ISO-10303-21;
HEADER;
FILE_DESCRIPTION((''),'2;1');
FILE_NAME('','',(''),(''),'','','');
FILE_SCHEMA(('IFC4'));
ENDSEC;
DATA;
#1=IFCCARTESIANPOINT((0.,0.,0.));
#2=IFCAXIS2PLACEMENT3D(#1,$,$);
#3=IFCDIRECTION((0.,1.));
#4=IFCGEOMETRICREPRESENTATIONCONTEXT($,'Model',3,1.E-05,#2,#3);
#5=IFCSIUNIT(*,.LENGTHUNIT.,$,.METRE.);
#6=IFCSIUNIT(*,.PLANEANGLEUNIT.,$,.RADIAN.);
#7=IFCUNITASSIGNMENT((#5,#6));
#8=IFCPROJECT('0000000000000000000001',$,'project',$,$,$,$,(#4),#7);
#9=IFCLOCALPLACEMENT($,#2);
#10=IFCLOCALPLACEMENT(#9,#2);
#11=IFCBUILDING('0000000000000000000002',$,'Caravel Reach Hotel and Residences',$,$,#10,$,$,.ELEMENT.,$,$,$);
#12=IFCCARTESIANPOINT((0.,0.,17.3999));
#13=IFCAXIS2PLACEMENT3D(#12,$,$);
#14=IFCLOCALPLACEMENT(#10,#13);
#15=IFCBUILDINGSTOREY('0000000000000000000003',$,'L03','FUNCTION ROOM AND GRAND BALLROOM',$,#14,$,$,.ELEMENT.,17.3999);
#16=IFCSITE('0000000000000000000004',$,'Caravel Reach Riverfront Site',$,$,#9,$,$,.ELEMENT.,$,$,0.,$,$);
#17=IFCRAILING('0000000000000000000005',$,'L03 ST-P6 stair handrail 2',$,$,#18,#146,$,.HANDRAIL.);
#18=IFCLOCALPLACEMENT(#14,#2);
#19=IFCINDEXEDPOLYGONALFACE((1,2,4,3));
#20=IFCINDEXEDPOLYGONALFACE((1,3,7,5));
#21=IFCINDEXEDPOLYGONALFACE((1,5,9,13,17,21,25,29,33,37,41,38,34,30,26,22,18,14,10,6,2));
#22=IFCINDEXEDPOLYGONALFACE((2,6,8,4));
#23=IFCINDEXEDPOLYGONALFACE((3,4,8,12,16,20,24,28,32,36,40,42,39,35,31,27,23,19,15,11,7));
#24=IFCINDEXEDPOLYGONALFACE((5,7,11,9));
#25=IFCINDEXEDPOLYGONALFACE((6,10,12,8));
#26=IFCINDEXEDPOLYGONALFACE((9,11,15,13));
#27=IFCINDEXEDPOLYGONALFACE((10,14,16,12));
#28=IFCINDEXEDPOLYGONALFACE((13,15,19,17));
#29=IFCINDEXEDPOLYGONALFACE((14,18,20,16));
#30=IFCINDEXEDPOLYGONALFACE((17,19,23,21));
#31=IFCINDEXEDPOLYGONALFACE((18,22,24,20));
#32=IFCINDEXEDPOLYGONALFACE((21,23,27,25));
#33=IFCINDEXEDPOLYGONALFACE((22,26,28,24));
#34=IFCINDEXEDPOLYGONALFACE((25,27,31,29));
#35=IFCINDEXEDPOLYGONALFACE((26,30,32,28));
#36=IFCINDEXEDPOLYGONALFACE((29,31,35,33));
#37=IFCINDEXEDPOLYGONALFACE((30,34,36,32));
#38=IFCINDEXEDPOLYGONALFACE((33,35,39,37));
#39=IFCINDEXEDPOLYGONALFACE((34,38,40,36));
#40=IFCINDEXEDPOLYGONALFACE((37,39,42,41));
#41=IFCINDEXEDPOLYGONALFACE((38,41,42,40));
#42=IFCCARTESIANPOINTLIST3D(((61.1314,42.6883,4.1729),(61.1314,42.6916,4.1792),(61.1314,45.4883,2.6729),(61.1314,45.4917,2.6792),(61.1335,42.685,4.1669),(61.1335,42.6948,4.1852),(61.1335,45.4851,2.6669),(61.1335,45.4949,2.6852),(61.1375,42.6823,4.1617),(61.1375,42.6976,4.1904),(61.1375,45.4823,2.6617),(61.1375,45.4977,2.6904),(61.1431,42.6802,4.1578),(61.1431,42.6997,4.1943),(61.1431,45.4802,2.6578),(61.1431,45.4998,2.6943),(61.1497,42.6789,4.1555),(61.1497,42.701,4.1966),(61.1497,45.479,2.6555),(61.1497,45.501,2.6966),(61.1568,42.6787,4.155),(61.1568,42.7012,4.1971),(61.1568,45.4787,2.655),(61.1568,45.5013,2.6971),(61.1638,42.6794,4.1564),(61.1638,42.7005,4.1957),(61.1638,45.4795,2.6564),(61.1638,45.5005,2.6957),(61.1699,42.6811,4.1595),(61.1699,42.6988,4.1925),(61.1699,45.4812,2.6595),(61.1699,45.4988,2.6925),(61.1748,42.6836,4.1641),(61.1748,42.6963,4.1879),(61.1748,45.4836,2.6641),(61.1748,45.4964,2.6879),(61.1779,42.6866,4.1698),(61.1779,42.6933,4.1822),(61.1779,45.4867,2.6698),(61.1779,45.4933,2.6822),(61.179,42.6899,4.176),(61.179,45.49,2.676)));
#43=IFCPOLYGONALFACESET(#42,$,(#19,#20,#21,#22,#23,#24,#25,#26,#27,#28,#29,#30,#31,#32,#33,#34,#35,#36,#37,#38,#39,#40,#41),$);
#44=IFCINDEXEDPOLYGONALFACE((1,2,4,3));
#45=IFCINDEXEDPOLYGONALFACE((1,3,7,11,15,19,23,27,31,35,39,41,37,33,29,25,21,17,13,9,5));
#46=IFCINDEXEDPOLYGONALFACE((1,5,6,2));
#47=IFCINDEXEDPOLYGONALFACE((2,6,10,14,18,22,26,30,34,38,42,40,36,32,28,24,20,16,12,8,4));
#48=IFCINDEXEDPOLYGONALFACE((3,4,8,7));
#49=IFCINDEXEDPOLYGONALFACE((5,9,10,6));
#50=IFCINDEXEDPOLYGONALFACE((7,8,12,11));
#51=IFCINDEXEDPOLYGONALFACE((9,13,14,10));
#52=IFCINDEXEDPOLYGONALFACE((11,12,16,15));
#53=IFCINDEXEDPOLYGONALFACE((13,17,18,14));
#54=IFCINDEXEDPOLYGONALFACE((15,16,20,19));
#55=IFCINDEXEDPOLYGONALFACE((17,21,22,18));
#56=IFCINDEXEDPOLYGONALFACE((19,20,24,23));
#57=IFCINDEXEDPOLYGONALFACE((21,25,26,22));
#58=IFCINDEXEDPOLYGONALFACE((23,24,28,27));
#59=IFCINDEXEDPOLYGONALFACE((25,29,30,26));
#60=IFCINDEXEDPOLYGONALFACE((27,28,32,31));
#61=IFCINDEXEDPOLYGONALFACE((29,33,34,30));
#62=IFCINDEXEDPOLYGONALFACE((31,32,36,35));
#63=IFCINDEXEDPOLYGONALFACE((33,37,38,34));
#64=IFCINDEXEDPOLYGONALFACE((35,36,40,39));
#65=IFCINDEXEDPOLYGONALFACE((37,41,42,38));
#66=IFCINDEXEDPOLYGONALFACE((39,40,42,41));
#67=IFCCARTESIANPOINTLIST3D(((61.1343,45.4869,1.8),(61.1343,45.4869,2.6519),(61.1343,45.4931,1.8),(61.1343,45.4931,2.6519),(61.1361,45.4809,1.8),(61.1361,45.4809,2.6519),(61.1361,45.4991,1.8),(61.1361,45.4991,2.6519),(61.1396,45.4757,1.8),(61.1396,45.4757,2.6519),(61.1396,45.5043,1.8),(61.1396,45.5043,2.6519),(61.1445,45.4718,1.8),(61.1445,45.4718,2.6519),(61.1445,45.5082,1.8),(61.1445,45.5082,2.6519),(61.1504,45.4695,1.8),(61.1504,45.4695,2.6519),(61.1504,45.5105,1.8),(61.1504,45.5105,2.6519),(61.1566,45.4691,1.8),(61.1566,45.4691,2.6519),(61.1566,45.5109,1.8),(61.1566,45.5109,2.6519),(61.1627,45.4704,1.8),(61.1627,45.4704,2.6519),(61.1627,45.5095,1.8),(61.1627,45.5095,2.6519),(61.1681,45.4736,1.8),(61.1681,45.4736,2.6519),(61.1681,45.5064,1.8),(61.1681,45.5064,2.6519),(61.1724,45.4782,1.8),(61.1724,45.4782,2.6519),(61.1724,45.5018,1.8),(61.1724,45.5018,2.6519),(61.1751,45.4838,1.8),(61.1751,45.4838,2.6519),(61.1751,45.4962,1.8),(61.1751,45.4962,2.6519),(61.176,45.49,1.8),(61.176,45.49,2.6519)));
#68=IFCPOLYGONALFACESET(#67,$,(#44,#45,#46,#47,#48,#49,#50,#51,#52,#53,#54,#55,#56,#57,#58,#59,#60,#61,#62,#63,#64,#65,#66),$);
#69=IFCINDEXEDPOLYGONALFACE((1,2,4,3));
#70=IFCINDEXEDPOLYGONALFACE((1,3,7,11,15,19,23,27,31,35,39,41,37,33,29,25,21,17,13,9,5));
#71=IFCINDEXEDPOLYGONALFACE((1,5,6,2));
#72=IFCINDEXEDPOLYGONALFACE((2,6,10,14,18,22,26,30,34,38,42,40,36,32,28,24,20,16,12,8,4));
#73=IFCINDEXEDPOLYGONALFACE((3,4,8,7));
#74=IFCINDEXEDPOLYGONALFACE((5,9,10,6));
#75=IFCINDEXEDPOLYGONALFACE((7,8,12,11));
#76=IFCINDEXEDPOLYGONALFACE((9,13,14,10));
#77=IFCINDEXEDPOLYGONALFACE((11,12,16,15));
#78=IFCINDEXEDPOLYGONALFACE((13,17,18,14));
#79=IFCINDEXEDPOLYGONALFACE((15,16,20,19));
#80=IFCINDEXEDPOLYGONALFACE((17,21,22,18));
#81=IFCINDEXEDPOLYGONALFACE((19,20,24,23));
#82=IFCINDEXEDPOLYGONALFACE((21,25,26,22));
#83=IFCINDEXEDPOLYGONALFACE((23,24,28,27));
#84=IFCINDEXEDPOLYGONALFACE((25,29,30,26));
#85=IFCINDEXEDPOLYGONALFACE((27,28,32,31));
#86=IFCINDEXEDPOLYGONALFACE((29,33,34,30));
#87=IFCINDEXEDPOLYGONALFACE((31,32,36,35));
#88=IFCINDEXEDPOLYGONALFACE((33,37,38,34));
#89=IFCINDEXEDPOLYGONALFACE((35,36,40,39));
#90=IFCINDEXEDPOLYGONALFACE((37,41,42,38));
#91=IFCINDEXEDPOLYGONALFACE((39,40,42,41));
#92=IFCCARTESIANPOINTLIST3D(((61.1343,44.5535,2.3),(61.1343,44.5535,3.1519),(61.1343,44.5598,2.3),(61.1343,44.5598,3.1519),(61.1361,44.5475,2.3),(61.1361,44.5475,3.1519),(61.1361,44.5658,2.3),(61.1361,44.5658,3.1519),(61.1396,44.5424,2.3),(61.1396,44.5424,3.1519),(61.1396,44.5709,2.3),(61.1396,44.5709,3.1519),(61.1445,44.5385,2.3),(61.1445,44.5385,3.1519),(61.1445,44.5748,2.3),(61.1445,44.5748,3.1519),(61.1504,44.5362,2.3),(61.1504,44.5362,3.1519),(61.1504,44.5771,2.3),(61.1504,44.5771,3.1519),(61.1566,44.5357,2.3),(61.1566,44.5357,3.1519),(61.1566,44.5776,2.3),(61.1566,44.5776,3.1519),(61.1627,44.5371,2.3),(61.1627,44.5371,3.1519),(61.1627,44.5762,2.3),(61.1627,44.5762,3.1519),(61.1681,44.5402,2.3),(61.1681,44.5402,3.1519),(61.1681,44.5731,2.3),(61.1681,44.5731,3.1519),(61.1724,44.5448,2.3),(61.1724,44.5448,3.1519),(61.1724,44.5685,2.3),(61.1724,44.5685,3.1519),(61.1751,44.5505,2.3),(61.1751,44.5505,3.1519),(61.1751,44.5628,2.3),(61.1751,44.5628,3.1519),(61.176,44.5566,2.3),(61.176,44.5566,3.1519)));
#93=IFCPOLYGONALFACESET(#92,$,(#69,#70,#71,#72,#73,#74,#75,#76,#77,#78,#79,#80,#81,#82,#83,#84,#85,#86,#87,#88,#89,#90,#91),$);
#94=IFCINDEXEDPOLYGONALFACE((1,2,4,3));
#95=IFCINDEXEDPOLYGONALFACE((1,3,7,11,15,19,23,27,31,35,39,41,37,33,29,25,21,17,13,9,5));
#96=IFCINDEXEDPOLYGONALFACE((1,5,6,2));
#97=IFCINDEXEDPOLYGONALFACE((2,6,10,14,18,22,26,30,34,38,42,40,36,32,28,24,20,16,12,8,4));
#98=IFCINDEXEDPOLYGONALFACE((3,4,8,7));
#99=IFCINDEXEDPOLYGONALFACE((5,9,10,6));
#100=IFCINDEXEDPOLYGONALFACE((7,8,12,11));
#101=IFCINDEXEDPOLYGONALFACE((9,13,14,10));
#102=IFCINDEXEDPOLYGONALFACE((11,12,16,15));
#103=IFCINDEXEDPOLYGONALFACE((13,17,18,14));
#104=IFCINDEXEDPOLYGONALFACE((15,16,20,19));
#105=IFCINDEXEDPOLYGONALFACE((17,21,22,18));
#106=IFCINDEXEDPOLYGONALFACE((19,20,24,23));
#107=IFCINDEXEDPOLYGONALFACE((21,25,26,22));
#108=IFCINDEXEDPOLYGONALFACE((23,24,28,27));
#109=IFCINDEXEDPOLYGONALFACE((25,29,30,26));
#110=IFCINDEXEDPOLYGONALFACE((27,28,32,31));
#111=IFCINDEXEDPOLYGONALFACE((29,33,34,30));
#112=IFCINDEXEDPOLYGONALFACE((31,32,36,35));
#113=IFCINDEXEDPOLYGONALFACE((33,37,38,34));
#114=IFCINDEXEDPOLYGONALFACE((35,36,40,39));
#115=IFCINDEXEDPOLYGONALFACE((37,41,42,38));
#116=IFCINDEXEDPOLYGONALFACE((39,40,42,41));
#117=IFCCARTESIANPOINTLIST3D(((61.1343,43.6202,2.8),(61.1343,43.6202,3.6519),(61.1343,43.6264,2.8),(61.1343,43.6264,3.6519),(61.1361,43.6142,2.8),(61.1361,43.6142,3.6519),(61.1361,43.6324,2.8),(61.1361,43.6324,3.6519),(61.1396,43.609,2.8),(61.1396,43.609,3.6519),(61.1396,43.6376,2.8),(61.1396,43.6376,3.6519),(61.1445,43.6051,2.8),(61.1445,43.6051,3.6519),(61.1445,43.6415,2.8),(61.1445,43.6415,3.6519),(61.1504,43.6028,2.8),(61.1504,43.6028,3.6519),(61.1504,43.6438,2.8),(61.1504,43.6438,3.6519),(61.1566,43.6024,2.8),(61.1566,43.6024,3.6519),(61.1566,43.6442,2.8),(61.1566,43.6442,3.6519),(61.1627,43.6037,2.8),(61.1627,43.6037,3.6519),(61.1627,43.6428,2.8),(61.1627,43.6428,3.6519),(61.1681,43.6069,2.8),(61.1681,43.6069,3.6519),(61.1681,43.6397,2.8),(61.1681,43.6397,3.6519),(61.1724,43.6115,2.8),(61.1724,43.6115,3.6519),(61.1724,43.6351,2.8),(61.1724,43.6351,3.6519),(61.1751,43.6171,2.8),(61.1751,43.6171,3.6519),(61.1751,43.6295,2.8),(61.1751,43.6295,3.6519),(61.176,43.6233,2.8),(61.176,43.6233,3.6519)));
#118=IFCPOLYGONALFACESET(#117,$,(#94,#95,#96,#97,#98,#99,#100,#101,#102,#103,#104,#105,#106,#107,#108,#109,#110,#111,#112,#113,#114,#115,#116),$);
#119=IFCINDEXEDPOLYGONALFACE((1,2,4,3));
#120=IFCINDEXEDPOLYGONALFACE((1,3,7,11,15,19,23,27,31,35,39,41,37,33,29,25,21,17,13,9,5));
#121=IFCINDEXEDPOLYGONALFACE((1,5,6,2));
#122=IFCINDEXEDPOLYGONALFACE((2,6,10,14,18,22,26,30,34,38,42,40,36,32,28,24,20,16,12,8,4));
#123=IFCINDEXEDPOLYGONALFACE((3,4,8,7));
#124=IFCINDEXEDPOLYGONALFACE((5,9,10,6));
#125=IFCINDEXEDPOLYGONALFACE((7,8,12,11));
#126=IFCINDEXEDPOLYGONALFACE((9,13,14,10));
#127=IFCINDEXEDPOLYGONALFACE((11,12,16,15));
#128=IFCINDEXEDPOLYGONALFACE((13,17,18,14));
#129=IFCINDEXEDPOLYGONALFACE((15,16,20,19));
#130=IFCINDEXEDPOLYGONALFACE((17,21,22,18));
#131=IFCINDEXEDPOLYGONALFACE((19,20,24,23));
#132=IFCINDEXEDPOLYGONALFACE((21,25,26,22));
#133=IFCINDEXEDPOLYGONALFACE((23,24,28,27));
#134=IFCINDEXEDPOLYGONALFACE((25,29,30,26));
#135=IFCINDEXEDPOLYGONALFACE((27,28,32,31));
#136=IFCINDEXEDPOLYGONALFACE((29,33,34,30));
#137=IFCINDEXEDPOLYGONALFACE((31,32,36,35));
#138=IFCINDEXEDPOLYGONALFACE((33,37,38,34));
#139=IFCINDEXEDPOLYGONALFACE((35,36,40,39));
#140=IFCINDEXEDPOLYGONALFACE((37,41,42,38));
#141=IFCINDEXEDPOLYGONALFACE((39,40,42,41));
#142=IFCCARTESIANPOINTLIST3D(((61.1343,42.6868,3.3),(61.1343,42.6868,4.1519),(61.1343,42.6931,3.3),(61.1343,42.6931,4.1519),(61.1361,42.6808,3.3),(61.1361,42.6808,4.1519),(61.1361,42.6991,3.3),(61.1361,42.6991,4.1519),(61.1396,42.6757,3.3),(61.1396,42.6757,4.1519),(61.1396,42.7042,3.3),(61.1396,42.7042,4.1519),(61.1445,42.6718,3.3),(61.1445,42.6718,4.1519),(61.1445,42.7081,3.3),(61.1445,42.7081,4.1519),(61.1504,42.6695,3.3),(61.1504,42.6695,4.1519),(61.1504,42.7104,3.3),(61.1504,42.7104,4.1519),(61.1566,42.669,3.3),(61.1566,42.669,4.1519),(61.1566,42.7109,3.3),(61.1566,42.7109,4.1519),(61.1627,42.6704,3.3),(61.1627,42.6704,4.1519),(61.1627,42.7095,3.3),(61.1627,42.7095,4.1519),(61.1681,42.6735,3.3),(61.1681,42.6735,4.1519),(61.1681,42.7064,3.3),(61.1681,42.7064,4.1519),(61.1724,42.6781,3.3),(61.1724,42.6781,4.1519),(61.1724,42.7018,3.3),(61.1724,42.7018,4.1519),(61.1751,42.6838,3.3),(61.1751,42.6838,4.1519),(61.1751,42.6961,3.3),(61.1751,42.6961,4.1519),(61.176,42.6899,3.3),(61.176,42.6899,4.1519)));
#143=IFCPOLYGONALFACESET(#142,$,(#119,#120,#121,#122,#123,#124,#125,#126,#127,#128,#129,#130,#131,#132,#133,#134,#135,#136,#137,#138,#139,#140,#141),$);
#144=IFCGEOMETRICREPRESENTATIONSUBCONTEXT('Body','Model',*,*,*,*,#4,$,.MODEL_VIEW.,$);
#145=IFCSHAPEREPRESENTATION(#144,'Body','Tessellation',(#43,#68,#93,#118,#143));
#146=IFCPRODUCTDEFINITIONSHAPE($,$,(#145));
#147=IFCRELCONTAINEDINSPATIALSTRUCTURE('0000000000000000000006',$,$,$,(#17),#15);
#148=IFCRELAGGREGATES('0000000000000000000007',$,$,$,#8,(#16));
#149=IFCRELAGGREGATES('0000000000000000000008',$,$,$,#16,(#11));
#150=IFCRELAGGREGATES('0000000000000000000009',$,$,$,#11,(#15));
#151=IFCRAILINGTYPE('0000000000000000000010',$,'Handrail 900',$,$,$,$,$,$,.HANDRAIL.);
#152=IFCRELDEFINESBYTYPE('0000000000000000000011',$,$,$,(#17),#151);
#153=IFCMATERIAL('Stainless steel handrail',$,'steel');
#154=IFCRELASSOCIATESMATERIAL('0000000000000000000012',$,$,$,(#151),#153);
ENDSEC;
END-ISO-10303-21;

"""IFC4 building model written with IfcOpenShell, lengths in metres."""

from ifc_helpers import new_model, si_unit, direction, frame, origin, origin_2d, place, context, subcontext, project, spatial, circle, extrude, material, type_object, element, save


model = new_model("IFC4")

# Units and contexts
model_context = context("Model", 3, precision=1e-05, world=origin(), true_north=direction((0.0, 1.0)))
body_context = subcontext(model_context, "Body", "Model", "MODEL_VIEW")
ifc_project = project(units=[si_unit("LENGTHUNIT", "METRE"), si_unit("PLANEANGLEUNIT", "RADIAN")], contexts=[model_context])

# Site, building, storey
site_placement = place(None, origin())
site = spatial("IfcSite", under=ifc_project, at=site_placement, Name="Caravel Reach Riverfront Site", CompositionType="ELEMENT", RefElevation=0.0)
building_placement = place(site_placement, origin())
building = spatial("IfcBuilding", under=site, at=building_placement, Name="Caravel Reach Hotel and Residences", CompositionType="ELEMENT")
storey_placement = place(building_placement, frame((0.0, 0.0, 17.3999)))
storey = spatial("IfcBuildingStorey", under=building, at=storey_placement, Name="L03", Description="FUNCTION ROOM AND GRAND BALLROOM", CompositionType="ELEMENT", Elevation=17.3999)

# Railing
ifc_material_1 = material(Name="Stainless steel handrail", Category="steel")
railing_type_1 = type_object("IfcRailingType", Name="Handrail 900", PredefinedType="HANDRAIL", material=ifc_material_1)
for number, where, name in (
    (1, (61.155, 45.49, 1.8), "L03 ST-P6 stair handrail 2"),
):
    element("IfcRailing", number, at=place(storey_placement, frame(where)), inside=storey, type_object=railing_type_1, Name=name, PredefinedType="HANDRAIL", context=body_context, shape_type="SweptSolid", body=[
        extrude(circle(Radius=0.0239, at=origin_2d()), frame((0.0, 0.0, 0.876), z_axis=(0.0, -0.881483, 0.472215), x_axis=(1.0, 0.0, 0.0)), (0.0, 0.0, 1.0), 3.1765),
        extrude(circle(Radius=0.021, at=origin_2d()), origin(), (0.0, 0.0, 1.0), 0.8518),
        extrude(circle(Radius=0.021, at=origin_2d()), frame((0.0, -0.9333, 0.5)), (0.0, 0.0, 1.0), 0.8518),
        extrude(circle(Radius=0.021, at=origin_2d()), frame((0.0, -1.8667, 1.0)), (0.0, 0.0, 1.0), 0.8518),
        extrude(circle(Radius=0.021, at=origin_2d()), frame((0.0, -2.8, 1.5)), (0.0, 0.0, 1.0), 0.8518),
    ])

save(model, "model.ifc")
